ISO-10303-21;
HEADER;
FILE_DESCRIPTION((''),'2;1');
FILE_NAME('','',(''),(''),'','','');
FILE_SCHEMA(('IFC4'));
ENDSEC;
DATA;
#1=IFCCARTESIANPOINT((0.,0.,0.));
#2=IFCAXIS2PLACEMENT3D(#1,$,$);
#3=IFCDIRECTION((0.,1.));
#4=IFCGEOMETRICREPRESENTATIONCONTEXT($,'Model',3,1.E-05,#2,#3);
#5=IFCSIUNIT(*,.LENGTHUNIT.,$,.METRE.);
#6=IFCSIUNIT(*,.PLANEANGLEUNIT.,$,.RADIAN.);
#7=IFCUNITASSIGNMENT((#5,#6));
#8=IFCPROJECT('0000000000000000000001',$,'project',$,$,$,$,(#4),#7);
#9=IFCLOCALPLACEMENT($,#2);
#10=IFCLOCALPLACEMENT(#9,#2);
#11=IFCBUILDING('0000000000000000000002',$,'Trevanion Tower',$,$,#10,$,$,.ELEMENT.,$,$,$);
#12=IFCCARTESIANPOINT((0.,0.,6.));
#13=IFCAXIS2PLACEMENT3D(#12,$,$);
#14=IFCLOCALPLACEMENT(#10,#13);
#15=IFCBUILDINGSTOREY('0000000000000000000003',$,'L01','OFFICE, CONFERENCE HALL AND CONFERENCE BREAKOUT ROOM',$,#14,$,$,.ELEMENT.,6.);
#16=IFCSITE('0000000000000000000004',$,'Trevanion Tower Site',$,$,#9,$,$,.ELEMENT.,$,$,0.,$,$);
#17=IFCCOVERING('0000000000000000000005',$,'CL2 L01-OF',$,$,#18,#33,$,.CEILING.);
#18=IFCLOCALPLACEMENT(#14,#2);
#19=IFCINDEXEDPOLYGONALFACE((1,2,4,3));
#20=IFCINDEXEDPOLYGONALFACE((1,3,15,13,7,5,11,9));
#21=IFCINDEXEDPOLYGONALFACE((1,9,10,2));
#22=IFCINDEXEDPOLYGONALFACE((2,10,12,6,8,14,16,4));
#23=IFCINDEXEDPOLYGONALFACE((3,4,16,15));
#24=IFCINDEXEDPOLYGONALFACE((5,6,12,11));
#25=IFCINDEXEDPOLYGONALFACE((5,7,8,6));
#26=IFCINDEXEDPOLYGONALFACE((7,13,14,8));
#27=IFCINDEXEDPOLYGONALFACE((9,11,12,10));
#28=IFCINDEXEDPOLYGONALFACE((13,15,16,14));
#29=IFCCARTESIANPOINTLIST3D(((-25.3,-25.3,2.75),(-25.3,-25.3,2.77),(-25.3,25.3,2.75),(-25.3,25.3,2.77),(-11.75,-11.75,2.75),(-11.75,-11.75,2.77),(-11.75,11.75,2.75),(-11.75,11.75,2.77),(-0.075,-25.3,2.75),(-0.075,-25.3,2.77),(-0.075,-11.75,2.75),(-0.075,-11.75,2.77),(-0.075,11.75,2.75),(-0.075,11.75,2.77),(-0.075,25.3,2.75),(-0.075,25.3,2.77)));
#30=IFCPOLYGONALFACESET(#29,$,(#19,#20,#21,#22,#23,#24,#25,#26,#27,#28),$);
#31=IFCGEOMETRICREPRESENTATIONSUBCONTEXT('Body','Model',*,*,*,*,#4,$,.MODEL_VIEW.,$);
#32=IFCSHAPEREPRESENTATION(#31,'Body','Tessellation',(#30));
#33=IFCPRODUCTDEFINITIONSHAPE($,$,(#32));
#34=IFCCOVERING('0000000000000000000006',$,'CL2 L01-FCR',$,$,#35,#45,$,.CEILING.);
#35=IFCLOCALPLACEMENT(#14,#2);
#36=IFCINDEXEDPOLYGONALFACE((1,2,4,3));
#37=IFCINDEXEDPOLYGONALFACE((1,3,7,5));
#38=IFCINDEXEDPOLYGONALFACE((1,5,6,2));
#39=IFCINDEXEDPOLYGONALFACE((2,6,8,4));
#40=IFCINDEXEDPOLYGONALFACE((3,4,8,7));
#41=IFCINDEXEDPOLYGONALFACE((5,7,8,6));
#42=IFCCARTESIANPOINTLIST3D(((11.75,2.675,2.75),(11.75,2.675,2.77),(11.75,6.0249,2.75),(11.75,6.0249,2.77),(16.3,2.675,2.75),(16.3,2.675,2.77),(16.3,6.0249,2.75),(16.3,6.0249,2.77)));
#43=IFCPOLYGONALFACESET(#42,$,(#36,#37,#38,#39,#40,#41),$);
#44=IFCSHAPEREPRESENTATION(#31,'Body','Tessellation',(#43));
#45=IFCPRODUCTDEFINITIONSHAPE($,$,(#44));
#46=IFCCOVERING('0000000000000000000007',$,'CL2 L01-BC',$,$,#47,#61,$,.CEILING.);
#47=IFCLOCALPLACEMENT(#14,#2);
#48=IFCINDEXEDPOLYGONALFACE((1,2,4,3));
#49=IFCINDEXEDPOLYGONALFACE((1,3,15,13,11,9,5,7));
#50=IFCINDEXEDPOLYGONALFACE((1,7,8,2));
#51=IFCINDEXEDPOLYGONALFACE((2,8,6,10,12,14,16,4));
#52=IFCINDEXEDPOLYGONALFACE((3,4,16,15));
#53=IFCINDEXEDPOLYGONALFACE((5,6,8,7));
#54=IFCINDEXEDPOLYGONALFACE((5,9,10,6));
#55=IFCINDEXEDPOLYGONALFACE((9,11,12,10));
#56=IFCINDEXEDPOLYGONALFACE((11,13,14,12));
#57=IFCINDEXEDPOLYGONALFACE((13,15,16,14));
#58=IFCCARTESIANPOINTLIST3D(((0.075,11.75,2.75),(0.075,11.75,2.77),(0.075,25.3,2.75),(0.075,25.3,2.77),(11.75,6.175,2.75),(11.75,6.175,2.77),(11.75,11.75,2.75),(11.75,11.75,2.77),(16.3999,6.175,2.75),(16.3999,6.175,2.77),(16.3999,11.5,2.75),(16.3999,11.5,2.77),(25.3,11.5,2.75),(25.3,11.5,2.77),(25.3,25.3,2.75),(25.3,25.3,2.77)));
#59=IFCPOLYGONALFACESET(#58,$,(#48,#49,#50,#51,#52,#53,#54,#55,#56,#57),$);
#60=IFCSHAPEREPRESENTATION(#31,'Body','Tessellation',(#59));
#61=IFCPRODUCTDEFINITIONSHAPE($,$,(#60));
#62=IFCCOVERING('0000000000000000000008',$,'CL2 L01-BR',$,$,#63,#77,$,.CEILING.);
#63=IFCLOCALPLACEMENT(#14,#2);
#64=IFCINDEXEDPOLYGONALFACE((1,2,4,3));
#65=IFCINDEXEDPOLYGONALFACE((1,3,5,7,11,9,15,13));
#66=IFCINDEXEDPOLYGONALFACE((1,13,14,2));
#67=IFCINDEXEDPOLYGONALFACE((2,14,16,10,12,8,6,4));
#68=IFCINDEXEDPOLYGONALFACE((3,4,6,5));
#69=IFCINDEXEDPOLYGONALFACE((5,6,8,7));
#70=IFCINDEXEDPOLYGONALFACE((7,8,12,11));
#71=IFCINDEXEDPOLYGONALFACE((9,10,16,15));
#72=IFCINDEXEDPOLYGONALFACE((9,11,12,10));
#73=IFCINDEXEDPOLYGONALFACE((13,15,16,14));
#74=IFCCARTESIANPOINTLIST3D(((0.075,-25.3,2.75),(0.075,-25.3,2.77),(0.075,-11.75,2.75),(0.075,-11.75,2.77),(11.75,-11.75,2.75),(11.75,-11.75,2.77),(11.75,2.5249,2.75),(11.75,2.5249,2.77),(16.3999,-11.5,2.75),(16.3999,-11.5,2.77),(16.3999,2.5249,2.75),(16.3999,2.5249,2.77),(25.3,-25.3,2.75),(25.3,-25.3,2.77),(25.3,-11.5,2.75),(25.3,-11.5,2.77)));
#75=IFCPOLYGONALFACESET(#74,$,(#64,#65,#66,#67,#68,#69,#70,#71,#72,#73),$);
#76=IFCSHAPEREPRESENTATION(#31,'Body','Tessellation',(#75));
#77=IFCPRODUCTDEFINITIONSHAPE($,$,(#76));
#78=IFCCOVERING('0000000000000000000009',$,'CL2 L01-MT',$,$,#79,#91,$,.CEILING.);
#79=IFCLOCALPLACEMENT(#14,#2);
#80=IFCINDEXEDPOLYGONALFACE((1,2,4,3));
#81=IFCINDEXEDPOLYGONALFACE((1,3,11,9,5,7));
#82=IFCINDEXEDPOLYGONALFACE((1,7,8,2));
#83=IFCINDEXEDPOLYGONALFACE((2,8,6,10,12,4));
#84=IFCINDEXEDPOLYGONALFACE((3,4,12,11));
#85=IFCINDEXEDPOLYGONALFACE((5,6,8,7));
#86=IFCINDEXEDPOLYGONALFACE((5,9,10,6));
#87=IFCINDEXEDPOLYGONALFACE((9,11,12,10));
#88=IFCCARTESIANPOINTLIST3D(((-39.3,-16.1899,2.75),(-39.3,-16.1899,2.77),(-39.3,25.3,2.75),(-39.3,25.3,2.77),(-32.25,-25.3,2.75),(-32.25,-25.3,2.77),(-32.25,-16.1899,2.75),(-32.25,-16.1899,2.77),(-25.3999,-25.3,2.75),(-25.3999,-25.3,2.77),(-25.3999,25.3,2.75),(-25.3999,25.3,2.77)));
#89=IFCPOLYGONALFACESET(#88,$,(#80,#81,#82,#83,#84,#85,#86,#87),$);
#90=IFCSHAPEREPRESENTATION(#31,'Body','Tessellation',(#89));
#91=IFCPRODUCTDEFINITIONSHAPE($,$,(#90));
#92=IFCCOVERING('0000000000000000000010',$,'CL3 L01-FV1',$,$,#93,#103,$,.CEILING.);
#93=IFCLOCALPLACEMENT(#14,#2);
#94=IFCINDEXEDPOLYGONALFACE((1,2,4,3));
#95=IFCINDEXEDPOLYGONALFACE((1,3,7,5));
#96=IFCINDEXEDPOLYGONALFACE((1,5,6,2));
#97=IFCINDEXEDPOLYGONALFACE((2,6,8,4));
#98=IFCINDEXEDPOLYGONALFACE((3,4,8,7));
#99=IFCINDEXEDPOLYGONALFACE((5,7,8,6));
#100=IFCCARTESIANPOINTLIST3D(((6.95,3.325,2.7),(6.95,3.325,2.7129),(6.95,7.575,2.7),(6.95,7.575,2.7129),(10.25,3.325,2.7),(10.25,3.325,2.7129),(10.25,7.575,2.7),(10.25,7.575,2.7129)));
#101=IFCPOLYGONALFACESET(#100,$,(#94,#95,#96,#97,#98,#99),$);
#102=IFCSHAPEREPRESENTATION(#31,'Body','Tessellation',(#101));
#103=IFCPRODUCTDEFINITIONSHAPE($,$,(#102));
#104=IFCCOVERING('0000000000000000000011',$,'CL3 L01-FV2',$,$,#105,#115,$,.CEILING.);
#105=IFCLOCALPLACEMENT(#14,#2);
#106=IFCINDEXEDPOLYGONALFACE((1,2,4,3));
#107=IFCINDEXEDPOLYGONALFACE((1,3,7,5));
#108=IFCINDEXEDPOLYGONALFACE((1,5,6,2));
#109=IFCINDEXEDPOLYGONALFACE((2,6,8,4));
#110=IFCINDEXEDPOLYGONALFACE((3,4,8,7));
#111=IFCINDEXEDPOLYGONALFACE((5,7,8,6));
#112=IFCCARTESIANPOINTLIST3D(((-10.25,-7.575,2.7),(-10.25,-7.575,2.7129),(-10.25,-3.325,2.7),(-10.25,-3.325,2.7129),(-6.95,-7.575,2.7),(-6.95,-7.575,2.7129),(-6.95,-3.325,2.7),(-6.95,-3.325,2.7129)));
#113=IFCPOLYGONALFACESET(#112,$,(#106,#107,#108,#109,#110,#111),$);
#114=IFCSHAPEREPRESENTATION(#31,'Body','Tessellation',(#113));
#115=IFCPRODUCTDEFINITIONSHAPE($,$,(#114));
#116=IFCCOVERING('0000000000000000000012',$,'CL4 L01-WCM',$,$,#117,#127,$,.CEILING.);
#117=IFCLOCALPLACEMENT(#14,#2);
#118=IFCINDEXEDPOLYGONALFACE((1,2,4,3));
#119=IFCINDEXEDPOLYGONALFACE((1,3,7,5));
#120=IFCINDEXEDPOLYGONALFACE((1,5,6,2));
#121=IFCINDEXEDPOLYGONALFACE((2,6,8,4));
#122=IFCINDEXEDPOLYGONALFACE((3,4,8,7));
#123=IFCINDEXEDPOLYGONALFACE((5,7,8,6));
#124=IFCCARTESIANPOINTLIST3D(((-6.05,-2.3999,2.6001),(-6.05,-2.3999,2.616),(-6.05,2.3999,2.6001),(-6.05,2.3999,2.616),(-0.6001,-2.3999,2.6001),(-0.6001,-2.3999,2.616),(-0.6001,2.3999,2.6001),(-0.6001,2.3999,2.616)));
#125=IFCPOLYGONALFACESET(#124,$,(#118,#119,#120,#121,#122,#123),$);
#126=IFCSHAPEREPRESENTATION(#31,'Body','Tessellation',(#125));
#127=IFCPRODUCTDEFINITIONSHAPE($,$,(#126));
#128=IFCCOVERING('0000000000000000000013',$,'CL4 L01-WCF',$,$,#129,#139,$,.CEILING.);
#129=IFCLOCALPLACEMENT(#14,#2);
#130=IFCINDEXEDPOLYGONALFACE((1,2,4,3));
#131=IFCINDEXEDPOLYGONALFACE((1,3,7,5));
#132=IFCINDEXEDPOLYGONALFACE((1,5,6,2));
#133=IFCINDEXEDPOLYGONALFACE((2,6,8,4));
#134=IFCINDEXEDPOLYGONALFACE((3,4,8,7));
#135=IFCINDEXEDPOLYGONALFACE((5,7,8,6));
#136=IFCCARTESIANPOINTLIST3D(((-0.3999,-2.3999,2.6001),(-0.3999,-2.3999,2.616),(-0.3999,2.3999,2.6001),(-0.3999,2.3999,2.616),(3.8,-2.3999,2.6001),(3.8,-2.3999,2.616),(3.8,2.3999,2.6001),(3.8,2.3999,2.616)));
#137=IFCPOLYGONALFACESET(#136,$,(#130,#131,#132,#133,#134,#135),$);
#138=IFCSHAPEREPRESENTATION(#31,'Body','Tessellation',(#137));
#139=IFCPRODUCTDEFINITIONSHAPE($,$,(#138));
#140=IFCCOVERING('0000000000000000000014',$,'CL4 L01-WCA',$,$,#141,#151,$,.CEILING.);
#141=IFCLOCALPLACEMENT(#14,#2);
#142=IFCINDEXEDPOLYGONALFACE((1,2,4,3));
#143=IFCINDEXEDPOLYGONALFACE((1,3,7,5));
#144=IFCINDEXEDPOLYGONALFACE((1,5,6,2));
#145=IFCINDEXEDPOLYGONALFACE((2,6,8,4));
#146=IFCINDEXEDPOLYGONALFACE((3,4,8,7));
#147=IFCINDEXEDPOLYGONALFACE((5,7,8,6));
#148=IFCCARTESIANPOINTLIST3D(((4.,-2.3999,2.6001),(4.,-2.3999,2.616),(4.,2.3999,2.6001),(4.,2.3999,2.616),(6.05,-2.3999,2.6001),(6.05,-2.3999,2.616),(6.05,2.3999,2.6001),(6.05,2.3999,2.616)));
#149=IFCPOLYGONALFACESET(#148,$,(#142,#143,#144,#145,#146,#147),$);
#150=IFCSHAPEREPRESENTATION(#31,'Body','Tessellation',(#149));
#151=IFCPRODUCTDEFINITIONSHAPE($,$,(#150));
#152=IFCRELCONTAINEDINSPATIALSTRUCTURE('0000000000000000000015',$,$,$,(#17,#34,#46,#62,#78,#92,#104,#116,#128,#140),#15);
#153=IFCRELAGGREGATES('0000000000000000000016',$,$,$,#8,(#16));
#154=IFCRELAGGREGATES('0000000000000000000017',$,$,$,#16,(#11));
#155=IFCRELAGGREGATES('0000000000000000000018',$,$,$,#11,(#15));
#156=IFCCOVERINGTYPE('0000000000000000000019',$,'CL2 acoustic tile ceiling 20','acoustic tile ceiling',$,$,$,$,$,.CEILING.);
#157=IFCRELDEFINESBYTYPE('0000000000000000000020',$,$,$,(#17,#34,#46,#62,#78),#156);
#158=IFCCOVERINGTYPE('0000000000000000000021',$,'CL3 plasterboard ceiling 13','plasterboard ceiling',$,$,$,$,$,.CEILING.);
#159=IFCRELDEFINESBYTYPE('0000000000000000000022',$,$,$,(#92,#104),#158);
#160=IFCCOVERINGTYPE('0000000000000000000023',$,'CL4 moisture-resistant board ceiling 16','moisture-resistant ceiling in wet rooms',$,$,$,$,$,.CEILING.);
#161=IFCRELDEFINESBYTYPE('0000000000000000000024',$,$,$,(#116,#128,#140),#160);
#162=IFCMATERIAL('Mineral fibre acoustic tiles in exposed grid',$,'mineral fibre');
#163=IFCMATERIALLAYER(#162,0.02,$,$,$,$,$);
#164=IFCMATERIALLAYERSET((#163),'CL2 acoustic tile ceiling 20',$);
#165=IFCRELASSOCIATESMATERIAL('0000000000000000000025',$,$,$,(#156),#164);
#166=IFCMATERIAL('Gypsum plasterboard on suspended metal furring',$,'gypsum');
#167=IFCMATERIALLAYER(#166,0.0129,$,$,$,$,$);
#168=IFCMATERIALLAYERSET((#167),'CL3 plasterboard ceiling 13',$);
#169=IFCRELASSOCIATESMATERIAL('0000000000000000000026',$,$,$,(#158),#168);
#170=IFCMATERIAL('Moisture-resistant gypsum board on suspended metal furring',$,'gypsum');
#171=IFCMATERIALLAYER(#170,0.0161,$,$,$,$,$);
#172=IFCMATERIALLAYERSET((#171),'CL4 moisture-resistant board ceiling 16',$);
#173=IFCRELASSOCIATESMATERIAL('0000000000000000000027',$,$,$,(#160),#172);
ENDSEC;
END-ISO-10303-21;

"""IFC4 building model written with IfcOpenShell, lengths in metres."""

from ifc_helpers import new_model, si_unit, direction, frame, origin, place, context, subcontext, project, spatial, polyline, outline, extrude, material, layer, layer_set, type_object, element, save


model = new_model("IFC4")

# Units and contexts
model_context = context("Model", 3, precision=1e-05, world=origin(), true_north=direction((0.0, 1.0)))
body_context = subcontext(model_context, "Body", "Model", "MODEL_VIEW")
ifc_project = project(units=[si_unit("LENGTHUNIT", "METRE"), si_unit("PLANEANGLEUNIT", "RADIAN")], contexts=[model_context])

# Site, building, storey
site_placement = place(None, origin())
site = spatial("IfcSite", under=ifc_project, at=site_placement, Name="Trevanion Tower Site", CompositionType="ELEMENT", RefElevation=0.0)
building_placement = place(site_placement, origin())
building = spatial("IfcBuilding", under=site, at=building_placement, Name="Trevanion Tower", CompositionType="ELEMENT")
storey_placement = place(building_placement, frame((0.0, 0.0, 6.0)))
storey = spatial("IfcBuildingStorey", under=building, at=storey_placement, Name="L01", Description="OFFICE, CONFERENCE HALL AND CONFERENCE BREAKOUT ROOM", CompositionType="ELEMENT", Elevation=6.0)

# Coverings
ifc_material_1 = material(Name="Mineral fibre acoustic tiles in exposed grid", Category="mineral fibre")
ifc_layer_1 = layer(ifc_material_1, 0.02)
ifc_layer_set_1 = layer_set([ifc_layer_1], Name="CL2 acoustic tile ceiling 20")
covering_type_1 = type_object("IfcCoveringType", Name="CL2 acoustic tile ceiling 20", Description="acoustic tile ceiling", PredefinedType="CEILING", material=ifc_layer_set_1)
covering_1_placement = place(storey_placement, frame((0.0, 0.0, 2.75)))
element("IfcCovering", 1, at=covering_1_placement, inside=storey, type_object=covering_type_1, Name="CL2 L01-OF", PredefinedType="CEILING", context=body_context, shape_type="SweptSolid", body=[
    extrude(outline(polyline([(-25.3, 25.3), (-0.075, 25.3), (-0.075, 11.75), (-11.75, 11.75), (-11.75, -11.75), (-0.075, -11.75), (-0.075, -25.3), (-25.3, -25.3), (-25.3, 25.3)])), origin(), (0.0, 0.0, 1.0), 0.02),
])
covering_2_placement = place(storey_placement, frame((0.0, 0.0, 2.75)))
element("IfcCovering", 2, at=covering_2_placement, inside=storey, type_object=covering_type_1, Name="CL2 L01-FCR", PredefinedType="CEILING", context=body_context, shape_type="SweptSolid", body=[
    extrude(outline(polyline([(16.3, 6.0249), (16.3, 2.675), (11.75, 2.675), (11.75, 6.0249), (16.3, 6.0249)])), origin(), (0.0, 0.0, 1.0), 0.02),
])
covering_3_placement = place(storey_placement, frame((0.0, 0.0, 2.75)))
element("IfcCovering", 3, at=covering_3_placement, inside=storey, type_object=covering_type_1, Name="CL2 L01-BC", PredefinedType="CEILING", context=body_context, shape_type="SweptSolid", body=[
    extrude(outline(polyline([(11.75, 6.175), (11.75, 11.75), (0.075, 11.75), (0.075, 25.3), (25.3, 25.3), (25.3, 11.5), (16.3999, 11.5), (16.3999, 6.175), (11.75, 6.175)])), origin(), (0.0, 0.0, 1.0), 0.02),
])
covering_4_placement = place(storey_placement, frame((0.0, 0.0, 2.75)))
element("IfcCovering", 4, at=covering_4_placement, inside=storey, type_object=covering_type_1, Name="CL2 L01-BR", PredefinedType="CEILING", context=body_context, shape_type="SweptSolid", body=[
    extrude(outline(polyline([(25.3, -11.5), (25.3, -25.3), (0.075, -25.3), (0.075, -11.75), (11.75, -11.75), (11.75, 2.5249), (16.3999, 2.5249), (16.3999, -11.5), (25.3, -11.5)])), origin(), (0.0, 0.0, 1.0), 0.02),
])
covering_5_placement = place(storey_placement, frame((0.0, 0.0, 2.75)))
element("IfcCovering", 5, at=covering_5_placement, inside=storey, type_object=covering_type_1, Name="CL2 L01-MT", PredefinedType="CEILING", context=body_context, shape_type="SweptSolid", body=[
    extrude(outline(polyline([(-25.3999, -25.3), (-32.25, -25.3), (-32.25, -16.1899), (-39.3, -16.1899), (-39.3, 25.3), (-25.3999, 25.3), (-25.3999, -25.3)])), origin(), (0.0, 0.0, 1.0), 0.02),
])
ifc_material_2 = material(Name="Gypsum plasterboard on suspended metal furring", Category="gypsum")
ifc_layer_2 = layer(ifc_material_2, 0.0129)
ifc_layer_set_2 = layer_set([ifc_layer_2], Name="CL3 plasterboard ceiling 13")
covering_type_2 = type_object("IfcCoveringType", Name="CL3 plasterboard ceiling 13", Description="plasterboard ceiling", PredefinedType="CEILING", material=ifc_layer_set_2)
covering_6_placement = place(storey_placement, frame((0.0, 0.0, 2.7)))
element("IfcCovering", 6, at=covering_6_placement, inside=storey, type_object=covering_type_2, Name="CL3 L01-FV1", PredefinedType="CEILING", context=body_context, shape_type="SweptSolid", body=[
    extrude(outline(polyline([(6.95, 3.325), (6.95, 7.575), (10.25, 7.575), (10.25, 3.325), (6.95, 3.325)])), origin(), (0.0, 0.0, 1.0), 0.0129),
])
covering_7_placement = place(storey_placement, frame((0.0, 0.0, 2.7)))
element("IfcCovering", 7, at=covering_7_placement, inside=storey, type_object=covering_type_2, Name="CL3 L01-FV2", PredefinedType="CEILING", context=body_context, shape_type="SweptSolid", body=[
    extrude(outline(polyline([(-6.95, -3.325), (-6.95, -7.575), (-10.25, -7.575), (-10.25, -3.325), (-6.95, -3.325)])), origin(), (0.0, 0.0, 1.0), 0.0129),
])
ifc_material_3 = material(Name="Moisture-resistant gypsum board on suspended metal furring", Category="gypsum")
ifc_layer_3 = layer(ifc_material_3, 0.0161)
ifc_layer_set_3 = layer_set([ifc_layer_3], Name="CL4 moisture-resistant board ceiling 16")
covering_type_3 = type_object("IfcCoveringType", Name="CL4 moisture-resistant board ceiling 16", Description="moisture-resistant ceiling in wet rooms", PredefinedType="CEILING", material=ifc_layer_set_3)
covering_8_placement = place(storey_placement, frame((0.0, 0.0, 2.6001)))
element("IfcCovering", 8, at=covering_8_placement, inside=storey, type_object=covering_type_3, Name="CL4 L01-WCM", PredefinedType="CEILING", context=body_context, shape_type="SweptSolid", body=[
    extrude(outline(polyline([(-6.05, -2.3999), (-6.05, 2.3999), (-0.6001, 2.3999), (-0.6001, -2.3999), (-6.05, -2.3999)])), origin(), (0.0, 0.0, 1.0), 0.0159),
])
covering_9_placement = place(storey_placement, frame((0.0, 0.0, 2.6001)))
element("IfcCovering", 9, at=covering_9_placement, inside=storey, type_object=covering_type_3, Name="CL4 L01-WCF", PredefinedType="CEILING", context=body_context, shape_type="SweptSolid", body=[
    extrude(outline(polyline([(-0.3999, -2.3999), (-0.3999, 2.3999), (3.8, 2.3999), (3.8, -2.3999), (-0.3999, -2.3999)])), origin(), (0.0, 0.0, 1.0), 0.0159),
])
covering_10_placement = place(storey_placement, frame((0.0, 0.0, 2.6001)))
element("IfcCovering", 10, at=covering_10_placement, inside=storey, type_object=covering_type_3, Name="CL4 L01-WCA", PredefinedType="CEILING", context=body_context, shape_type="SweptSolid", body=[
    extrude(outline(polyline([(4.0, -2.3999), (4.0, 2.3999), (6.05, 2.3999), (6.05, -2.3999), (4.0, -2.3999)])), origin(), (0.0, 0.0, 1.0), 0.0159),
])

save(model, "model.ifc")
